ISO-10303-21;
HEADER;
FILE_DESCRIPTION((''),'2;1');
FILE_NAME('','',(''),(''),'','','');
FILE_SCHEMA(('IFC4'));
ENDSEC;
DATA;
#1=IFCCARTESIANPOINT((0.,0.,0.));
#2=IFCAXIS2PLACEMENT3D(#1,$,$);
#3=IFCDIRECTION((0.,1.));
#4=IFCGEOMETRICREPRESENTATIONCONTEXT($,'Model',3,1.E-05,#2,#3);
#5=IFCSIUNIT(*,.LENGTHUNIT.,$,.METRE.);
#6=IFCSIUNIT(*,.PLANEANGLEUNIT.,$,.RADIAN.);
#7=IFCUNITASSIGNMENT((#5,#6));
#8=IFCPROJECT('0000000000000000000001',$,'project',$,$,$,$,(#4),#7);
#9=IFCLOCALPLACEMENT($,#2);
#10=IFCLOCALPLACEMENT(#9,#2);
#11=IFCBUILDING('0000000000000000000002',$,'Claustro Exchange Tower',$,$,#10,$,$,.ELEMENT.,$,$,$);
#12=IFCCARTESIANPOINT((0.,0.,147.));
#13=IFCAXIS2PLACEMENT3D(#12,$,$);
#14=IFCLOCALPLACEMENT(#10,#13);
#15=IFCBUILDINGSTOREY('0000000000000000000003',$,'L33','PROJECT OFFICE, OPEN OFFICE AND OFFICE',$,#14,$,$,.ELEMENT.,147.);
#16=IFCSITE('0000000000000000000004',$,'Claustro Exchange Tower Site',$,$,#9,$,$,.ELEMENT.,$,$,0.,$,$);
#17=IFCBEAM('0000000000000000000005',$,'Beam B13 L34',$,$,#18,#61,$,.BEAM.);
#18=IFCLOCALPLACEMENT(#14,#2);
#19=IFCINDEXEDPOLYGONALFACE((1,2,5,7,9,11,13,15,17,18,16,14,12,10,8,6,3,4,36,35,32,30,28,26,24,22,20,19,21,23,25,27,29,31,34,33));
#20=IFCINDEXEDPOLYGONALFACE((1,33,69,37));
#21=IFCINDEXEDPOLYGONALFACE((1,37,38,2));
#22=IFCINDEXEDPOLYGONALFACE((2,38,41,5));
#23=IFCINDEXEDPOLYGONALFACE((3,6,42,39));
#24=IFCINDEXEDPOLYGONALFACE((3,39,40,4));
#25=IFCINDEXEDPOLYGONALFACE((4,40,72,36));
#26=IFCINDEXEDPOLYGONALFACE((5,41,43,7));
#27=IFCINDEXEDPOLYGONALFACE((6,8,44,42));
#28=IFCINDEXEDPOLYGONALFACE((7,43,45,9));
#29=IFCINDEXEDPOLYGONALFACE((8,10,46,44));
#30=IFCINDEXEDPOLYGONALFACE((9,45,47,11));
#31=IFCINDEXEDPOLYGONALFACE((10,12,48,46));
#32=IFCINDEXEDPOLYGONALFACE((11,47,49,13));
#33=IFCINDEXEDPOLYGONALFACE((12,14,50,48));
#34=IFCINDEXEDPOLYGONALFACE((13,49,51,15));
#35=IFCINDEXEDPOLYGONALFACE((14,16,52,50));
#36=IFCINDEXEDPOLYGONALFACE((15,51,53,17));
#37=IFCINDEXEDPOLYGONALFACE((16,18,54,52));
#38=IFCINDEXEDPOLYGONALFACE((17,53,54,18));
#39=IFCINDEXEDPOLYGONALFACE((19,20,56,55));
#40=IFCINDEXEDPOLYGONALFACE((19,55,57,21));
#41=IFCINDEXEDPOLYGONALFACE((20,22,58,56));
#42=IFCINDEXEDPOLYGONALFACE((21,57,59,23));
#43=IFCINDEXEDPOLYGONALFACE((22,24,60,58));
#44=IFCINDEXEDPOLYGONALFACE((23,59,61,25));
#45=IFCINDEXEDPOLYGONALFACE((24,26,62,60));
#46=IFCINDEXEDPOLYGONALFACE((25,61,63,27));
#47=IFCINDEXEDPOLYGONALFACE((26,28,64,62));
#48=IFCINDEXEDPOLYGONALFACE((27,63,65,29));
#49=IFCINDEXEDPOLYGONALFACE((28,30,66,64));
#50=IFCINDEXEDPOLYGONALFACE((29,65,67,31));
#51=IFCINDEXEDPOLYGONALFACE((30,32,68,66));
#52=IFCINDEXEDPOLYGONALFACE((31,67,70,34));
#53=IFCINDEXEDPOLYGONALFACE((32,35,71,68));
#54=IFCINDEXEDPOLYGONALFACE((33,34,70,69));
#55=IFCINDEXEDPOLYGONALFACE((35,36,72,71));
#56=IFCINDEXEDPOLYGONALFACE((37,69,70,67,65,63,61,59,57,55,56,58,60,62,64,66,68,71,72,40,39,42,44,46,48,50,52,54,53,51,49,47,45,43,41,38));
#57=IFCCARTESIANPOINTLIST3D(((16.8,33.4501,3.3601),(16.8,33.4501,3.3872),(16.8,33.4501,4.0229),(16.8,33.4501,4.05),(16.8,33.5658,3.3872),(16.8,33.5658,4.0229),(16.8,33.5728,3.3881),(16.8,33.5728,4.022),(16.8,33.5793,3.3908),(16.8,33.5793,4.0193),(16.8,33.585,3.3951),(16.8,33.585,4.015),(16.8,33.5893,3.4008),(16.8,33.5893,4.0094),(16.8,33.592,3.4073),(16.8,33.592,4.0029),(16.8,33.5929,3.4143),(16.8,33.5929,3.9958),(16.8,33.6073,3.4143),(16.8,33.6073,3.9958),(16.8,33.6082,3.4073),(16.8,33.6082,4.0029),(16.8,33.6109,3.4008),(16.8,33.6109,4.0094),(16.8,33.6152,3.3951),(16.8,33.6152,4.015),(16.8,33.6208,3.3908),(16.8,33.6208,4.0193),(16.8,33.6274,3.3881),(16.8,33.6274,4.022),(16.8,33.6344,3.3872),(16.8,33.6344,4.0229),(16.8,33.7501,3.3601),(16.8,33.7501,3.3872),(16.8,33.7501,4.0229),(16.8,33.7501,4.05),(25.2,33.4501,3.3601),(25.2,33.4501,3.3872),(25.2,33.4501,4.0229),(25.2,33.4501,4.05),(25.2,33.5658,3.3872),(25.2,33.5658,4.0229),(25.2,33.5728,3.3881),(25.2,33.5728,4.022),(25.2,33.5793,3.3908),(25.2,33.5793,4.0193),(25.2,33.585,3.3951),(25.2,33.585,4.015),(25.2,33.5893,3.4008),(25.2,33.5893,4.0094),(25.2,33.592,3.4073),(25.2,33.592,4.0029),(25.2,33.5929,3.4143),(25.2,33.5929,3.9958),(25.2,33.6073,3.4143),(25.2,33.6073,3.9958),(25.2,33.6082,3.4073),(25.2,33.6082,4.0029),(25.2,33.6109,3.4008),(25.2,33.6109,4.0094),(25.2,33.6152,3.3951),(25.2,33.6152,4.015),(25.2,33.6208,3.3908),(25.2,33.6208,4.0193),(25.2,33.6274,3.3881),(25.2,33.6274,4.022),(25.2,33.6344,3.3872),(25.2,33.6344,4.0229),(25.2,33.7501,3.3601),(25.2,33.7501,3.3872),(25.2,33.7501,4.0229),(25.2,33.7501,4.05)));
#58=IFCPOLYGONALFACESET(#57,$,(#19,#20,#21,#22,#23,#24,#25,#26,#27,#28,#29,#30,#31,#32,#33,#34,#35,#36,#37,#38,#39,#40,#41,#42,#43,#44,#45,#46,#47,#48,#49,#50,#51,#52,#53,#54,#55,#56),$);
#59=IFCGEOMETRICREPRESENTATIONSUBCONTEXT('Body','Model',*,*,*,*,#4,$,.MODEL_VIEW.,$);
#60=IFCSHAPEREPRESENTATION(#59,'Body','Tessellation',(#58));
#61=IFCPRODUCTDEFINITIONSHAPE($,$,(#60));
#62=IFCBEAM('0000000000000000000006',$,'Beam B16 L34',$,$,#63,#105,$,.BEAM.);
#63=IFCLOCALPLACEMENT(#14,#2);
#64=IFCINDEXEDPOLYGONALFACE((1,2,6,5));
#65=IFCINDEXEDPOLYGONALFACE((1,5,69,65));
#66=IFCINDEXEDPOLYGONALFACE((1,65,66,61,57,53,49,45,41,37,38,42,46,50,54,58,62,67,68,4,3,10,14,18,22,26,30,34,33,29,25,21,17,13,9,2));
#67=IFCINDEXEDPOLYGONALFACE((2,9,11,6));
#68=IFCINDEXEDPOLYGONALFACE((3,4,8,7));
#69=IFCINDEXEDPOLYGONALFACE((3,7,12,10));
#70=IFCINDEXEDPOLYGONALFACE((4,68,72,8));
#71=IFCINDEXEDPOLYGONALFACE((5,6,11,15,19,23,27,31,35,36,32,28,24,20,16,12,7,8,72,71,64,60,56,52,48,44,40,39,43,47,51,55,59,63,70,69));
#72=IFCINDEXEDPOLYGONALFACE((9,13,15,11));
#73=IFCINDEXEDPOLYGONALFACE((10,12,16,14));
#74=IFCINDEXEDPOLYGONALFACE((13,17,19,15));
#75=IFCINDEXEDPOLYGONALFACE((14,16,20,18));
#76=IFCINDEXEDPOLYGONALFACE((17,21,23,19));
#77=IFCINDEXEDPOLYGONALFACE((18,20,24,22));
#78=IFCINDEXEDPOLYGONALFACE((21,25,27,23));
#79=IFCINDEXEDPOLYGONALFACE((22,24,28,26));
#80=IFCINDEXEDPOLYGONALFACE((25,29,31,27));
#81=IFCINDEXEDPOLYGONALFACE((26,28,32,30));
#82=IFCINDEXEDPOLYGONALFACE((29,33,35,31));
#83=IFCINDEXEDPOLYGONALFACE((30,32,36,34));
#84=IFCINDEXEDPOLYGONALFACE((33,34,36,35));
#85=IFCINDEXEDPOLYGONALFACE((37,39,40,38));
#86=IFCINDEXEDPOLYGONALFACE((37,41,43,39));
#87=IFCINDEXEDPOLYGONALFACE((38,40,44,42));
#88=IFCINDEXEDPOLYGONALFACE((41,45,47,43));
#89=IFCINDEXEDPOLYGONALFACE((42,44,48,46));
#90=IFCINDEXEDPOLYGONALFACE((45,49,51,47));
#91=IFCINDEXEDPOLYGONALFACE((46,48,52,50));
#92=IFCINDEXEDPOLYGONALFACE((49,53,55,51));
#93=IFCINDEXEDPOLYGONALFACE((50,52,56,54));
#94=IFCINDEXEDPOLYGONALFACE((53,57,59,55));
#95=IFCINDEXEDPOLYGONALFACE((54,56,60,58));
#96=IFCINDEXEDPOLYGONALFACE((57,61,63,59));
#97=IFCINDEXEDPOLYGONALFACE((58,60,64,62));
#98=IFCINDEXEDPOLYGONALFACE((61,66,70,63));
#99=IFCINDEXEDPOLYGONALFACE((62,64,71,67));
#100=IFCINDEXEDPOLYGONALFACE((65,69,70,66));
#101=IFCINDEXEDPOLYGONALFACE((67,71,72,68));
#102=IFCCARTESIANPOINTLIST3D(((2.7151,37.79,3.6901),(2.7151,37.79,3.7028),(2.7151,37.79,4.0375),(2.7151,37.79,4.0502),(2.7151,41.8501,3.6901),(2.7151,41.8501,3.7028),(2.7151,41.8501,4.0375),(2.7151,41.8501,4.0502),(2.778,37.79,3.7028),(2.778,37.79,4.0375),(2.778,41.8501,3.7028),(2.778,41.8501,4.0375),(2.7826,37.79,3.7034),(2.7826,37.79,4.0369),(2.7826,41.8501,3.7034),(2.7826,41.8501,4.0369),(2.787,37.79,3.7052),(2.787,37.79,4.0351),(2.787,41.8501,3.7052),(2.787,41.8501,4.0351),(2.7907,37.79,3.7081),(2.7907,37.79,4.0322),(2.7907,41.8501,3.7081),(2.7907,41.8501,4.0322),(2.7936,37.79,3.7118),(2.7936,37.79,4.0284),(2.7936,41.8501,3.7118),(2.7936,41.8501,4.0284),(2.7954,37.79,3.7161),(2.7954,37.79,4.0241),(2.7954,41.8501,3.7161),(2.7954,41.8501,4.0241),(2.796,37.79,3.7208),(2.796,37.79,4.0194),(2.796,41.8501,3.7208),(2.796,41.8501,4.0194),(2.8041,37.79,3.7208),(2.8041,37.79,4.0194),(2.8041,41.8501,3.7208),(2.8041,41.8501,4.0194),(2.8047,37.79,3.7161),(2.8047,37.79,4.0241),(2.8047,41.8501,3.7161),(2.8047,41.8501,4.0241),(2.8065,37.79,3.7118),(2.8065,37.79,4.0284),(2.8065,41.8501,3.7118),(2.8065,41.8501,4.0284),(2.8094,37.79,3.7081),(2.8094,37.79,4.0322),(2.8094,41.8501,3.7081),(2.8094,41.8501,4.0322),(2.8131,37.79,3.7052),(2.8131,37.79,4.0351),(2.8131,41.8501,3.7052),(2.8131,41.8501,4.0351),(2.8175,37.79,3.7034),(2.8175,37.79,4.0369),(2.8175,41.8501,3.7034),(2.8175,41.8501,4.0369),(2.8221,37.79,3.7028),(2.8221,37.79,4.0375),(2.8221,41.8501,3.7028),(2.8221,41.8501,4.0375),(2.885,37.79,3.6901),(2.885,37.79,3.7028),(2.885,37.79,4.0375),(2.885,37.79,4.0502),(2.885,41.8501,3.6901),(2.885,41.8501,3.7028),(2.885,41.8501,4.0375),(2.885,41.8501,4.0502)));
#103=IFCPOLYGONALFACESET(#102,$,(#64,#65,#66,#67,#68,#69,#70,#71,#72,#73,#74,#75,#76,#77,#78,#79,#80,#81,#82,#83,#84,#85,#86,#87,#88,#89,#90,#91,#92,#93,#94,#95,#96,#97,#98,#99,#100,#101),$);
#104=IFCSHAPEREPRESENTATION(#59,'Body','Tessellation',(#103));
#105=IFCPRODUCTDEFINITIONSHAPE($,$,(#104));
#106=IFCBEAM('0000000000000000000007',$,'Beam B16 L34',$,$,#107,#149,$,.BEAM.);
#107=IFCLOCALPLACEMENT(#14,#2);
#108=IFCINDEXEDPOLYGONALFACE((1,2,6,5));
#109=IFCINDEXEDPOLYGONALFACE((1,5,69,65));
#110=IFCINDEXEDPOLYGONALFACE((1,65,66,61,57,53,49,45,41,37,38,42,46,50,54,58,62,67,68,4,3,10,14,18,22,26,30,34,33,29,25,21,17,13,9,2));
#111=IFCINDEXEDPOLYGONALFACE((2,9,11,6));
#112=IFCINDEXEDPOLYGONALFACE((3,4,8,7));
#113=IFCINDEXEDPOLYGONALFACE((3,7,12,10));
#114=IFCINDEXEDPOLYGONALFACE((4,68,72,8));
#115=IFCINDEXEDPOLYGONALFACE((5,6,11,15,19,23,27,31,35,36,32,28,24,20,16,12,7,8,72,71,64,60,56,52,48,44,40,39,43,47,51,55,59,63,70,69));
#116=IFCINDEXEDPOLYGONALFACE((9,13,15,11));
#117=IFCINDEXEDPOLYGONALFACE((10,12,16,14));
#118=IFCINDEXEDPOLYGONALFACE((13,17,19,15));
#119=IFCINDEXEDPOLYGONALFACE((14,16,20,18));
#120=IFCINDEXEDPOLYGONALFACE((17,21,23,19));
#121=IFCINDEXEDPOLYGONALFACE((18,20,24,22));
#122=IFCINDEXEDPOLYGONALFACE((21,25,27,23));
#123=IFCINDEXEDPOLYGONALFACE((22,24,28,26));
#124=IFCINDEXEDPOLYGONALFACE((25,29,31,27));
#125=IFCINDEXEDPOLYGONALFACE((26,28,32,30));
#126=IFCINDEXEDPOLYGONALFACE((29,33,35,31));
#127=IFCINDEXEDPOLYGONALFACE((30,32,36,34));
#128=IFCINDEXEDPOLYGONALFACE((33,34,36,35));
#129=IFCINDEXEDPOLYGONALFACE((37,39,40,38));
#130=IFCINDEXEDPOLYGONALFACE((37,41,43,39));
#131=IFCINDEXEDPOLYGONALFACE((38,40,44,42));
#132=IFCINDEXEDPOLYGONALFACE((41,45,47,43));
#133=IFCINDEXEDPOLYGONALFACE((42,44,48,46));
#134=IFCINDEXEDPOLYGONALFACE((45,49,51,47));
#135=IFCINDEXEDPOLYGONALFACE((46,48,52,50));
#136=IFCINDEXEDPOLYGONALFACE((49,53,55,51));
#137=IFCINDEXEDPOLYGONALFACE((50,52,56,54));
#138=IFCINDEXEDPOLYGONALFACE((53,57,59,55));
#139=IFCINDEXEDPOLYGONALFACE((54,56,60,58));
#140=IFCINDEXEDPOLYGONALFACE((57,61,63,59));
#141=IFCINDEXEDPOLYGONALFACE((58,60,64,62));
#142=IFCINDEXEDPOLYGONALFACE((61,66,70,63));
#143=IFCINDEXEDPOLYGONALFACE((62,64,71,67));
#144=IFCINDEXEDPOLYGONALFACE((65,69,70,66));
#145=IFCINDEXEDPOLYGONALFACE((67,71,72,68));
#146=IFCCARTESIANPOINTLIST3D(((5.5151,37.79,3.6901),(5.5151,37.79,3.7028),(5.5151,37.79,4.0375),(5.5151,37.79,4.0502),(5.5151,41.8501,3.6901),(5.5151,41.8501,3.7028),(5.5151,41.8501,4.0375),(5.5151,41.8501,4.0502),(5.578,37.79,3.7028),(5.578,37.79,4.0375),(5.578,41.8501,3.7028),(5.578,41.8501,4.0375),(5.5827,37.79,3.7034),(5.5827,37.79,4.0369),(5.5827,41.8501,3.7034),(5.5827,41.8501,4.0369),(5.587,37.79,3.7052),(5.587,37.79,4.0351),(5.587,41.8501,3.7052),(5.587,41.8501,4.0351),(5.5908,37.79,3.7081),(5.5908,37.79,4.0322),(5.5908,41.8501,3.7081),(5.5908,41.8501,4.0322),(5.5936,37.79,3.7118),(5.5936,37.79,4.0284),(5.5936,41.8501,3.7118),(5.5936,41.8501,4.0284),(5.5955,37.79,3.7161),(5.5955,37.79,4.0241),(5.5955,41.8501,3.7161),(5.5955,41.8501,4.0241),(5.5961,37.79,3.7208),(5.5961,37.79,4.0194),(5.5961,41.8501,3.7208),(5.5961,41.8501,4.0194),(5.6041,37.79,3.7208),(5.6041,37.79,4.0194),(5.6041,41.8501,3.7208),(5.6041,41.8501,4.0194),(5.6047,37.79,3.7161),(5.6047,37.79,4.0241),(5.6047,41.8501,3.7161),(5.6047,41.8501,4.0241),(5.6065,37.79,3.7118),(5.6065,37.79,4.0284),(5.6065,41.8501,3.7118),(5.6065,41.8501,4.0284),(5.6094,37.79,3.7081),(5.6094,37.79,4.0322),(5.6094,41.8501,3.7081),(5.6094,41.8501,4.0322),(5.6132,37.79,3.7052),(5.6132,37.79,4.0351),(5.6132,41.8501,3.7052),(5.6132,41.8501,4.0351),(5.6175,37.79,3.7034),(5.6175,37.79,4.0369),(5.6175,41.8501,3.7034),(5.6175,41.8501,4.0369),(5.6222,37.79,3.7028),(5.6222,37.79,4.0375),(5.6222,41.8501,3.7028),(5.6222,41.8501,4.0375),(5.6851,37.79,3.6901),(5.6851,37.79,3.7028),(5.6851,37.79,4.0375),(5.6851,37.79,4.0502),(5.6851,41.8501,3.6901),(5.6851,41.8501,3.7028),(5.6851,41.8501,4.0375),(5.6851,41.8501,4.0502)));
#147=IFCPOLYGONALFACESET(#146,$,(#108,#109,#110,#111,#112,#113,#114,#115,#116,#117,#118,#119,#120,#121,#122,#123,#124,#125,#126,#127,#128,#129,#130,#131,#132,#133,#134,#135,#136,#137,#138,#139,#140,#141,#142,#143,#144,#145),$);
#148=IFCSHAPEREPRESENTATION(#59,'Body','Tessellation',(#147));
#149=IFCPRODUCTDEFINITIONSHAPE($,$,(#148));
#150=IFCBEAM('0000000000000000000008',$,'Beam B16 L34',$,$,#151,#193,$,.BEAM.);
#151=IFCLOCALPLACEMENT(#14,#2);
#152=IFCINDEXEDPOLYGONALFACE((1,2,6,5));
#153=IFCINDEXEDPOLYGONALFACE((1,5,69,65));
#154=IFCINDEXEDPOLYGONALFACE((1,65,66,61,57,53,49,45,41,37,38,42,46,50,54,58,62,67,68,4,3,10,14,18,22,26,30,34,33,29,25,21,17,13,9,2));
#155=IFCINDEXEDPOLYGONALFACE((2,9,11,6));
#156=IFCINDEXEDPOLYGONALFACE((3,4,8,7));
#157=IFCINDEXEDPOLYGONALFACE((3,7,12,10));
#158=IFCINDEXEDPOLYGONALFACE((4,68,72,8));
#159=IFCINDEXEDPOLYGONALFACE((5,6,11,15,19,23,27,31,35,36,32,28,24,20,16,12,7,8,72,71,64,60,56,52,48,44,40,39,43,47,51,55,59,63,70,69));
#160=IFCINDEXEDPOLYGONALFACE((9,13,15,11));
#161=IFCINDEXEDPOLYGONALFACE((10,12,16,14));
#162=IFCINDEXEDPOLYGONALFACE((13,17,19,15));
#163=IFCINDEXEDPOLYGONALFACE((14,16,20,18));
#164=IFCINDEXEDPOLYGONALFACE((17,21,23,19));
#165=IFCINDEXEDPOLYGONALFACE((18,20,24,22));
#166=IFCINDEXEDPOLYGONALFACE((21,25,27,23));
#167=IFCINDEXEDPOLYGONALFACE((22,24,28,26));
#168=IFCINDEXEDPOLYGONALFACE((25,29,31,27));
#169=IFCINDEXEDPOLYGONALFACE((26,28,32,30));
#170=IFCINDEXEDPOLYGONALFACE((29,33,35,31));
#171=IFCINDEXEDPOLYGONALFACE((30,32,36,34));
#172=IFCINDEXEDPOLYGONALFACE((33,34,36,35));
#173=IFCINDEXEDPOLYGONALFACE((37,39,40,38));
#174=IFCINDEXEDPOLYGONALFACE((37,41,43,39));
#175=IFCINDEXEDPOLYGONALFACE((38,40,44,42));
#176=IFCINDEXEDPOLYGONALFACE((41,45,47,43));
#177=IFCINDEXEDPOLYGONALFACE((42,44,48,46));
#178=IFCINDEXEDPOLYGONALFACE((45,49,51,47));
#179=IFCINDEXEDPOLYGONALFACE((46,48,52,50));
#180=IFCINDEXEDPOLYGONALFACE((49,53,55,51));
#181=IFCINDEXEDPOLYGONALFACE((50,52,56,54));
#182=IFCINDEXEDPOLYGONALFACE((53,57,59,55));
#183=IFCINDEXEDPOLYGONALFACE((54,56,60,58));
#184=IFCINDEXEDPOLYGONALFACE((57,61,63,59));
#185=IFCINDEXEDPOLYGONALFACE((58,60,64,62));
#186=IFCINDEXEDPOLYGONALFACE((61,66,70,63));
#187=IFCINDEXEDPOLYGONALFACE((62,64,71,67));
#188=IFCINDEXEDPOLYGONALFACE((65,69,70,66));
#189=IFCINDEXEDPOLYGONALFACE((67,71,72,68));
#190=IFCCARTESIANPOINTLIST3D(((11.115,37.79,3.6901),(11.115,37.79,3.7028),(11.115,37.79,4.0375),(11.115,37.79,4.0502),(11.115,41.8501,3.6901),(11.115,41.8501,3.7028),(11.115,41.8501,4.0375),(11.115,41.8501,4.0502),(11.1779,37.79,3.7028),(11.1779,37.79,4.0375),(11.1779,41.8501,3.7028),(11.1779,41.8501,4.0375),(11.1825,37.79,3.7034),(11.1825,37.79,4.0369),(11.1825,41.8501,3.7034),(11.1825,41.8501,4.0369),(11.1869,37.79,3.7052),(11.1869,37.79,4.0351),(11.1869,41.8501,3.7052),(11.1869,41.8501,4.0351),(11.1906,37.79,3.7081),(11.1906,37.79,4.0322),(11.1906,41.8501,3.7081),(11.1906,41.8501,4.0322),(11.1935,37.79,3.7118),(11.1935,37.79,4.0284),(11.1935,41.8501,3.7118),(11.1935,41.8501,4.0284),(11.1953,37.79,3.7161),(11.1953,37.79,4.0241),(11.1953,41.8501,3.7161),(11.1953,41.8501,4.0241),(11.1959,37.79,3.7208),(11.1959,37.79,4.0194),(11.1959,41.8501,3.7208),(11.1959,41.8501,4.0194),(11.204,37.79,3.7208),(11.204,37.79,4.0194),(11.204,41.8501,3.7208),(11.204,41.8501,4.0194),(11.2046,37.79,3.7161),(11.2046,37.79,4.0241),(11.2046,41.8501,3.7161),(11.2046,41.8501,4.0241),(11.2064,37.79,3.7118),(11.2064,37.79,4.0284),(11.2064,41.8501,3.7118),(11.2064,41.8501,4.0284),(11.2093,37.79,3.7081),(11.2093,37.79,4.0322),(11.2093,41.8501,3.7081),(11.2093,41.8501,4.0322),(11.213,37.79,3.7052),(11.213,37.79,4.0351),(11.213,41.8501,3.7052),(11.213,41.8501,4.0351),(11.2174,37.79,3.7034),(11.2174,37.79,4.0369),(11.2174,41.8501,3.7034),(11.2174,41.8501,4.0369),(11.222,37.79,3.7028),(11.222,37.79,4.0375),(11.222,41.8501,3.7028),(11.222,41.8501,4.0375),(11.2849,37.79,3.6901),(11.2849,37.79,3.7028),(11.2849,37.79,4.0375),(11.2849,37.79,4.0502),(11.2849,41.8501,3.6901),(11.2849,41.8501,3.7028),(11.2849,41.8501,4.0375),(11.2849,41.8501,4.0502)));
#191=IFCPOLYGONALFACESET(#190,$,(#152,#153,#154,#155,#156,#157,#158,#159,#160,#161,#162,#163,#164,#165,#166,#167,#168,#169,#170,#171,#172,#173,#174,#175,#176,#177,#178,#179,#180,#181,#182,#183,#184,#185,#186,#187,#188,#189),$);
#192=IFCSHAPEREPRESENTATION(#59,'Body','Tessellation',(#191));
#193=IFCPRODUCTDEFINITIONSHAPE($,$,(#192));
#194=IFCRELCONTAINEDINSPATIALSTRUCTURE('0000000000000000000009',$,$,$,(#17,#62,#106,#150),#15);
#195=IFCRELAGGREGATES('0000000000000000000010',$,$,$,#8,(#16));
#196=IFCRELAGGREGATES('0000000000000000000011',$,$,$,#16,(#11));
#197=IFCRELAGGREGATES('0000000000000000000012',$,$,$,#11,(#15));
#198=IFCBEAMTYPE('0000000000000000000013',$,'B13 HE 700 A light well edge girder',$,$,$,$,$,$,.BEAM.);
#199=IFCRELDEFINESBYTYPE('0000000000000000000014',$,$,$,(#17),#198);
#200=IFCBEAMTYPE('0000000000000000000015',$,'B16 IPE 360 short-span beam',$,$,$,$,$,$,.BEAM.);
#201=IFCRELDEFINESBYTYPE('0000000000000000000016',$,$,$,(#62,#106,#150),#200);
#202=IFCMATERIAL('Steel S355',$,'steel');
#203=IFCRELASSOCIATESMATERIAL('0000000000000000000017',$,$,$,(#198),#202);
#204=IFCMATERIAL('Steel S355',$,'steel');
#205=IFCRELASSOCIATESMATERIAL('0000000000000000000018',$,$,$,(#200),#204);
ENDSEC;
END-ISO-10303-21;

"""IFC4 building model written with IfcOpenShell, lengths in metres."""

from ifc_helpers import new_model, si_unit, direction, frame, origin, origin_2d, place, context, subcontext, project, spatial, i_section, extrude, material, material_profile, profile_set, type_object, element, save


model = new_model("IFC4")

# Units and contexts
model_context = context("Model", 3, precision=1e-05, world=origin(), true_north=direction((0.0, 1.0)))
body_context = subcontext(model_context, "Body", "Model", "MODEL_VIEW")
ifc_project = project(units=[si_unit("LENGTHUNIT", "METRE"), si_unit("PLANEANGLEUNIT", "RADIAN")], contexts=[model_context])

# Site, building, storey
site_placement = place(None, origin())
site = spatial("IfcSite", under=ifc_project, at=site_placement, Name="Claustro Exchange Tower Site", CompositionType="ELEMENT", RefElevation=0.0)
building_placement = place(site_placement, origin())
building = spatial("IfcBuilding", under=site, at=building_placement, Name="Claustro Exchange Tower", CompositionType="ELEMENT")
storey_placement = place(building_placement, frame((0.0, 0.0, 147.0)))
storey = spatial("IfcBuildingStorey", under=building, at=storey_placement, Name="L33", Description="PROJECT OFFICE, OPEN OFFICE AND OFFICE", CompositionType="ELEMENT", Elevation=147.0)

# Beams
ifc_material_1 = material(Name="Steel S355", Category="steel")
ifc_material_profile_1 = material_profile(ifc_material_1, i_section(OverallWidth=0.3, OverallDepth=0.6899, WebThickness=0.0144, FlangeThickness=0.0271, FilletRadius=0.0271, at=origin_2d()), Name="HE 700 A")
ifc_profile_set_1 = profile_set([ifc_material_profile_1], Name="Steel S355")
beam_type_1 = type_object("IfcBeamType", Name="B13 HE 700 A light well edge girder", PredefinedType="BEAM", material=ifc_profile_set_1)
beam_placement = place(storey_placement, frame((16.8, 33.6001, 3.7051), z_axis=(1.0, 0.0, 0.0), x_axis=(0.0, 1.0, 0.0)))
element("IfcBeam", 1, at=beam_placement, inside=storey, type_object=beam_type_1, Name="Beam B13 L34", PredefinedType="BEAM", context=body_context, shape_type="SweptSolid", body=[
    extrude(i_section(OverallWidth=0.3, OverallDepth=0.6899, WebThickness=0.0144, FlangeThickness=0.0271, FilletRadius=0.0271, at=origin_2d()), origin(), (0.0, 0.0, 1.0), 8.3999),
])
ifc_material_2 = material(Name="Steel S355", Category="steel")
ifc_material_profile_2 = material_profile(ifc_material_2, i_section(OverallWidth=0.1699, OverallDepth=0.3601, WebThickness=0.0081, FlangeThickness=0.0127, FilletRadius=0.0181, at=origin_2d()), Name="IPE 360")
ifc_profile_set_2 = profile_set([ifc_material_profile_2], Name="Steel S355")
beam_type_2 = type_object("IfcBeamType", Name="B16 IPE 360 short-span beam", PredefinedType="BEAM", material=ifc_profile_set_2)
for number, where, z_axis, x_axis, name in (
    (2, (2.8, 37.79, 3.8701), (0.0, 1.0, 0.0), (-1.0, 0.0, 0.0), "Beam B16 L34"),
    (3, (5.6001, 37.79, 3.8701), (0.0, 1.0, 0.0), (-1.0, 0.0, 0.0), "Beam B16 L34"),
    (4, (11.2, 37.79, 3.8701), (0.0, 1.0, 0.0), (-1.0, 0.0, 0.0), "Beam B16 L34"),
):
    element("IfcBeam", number, at=place(storey_placement, frame(where, z_axis=z_axis, x_axis=x_axis)), inside=storey, type_object=beam_type_2, Name=name, PredefinedType="BEAM", context=body_context, shape_type="SweptSolid", body=[
        extrude(i_section(OverallWidth=0.1699, OverallDepth=0.3601, WebThickness=0.0081, FlangeThickness=0.0127, FilletRadius=0.0181, at=origin_2d()), origin(), (0.0, 0.0, 1.0), 4.0601),
    ])

save(model, "model.ifc")
